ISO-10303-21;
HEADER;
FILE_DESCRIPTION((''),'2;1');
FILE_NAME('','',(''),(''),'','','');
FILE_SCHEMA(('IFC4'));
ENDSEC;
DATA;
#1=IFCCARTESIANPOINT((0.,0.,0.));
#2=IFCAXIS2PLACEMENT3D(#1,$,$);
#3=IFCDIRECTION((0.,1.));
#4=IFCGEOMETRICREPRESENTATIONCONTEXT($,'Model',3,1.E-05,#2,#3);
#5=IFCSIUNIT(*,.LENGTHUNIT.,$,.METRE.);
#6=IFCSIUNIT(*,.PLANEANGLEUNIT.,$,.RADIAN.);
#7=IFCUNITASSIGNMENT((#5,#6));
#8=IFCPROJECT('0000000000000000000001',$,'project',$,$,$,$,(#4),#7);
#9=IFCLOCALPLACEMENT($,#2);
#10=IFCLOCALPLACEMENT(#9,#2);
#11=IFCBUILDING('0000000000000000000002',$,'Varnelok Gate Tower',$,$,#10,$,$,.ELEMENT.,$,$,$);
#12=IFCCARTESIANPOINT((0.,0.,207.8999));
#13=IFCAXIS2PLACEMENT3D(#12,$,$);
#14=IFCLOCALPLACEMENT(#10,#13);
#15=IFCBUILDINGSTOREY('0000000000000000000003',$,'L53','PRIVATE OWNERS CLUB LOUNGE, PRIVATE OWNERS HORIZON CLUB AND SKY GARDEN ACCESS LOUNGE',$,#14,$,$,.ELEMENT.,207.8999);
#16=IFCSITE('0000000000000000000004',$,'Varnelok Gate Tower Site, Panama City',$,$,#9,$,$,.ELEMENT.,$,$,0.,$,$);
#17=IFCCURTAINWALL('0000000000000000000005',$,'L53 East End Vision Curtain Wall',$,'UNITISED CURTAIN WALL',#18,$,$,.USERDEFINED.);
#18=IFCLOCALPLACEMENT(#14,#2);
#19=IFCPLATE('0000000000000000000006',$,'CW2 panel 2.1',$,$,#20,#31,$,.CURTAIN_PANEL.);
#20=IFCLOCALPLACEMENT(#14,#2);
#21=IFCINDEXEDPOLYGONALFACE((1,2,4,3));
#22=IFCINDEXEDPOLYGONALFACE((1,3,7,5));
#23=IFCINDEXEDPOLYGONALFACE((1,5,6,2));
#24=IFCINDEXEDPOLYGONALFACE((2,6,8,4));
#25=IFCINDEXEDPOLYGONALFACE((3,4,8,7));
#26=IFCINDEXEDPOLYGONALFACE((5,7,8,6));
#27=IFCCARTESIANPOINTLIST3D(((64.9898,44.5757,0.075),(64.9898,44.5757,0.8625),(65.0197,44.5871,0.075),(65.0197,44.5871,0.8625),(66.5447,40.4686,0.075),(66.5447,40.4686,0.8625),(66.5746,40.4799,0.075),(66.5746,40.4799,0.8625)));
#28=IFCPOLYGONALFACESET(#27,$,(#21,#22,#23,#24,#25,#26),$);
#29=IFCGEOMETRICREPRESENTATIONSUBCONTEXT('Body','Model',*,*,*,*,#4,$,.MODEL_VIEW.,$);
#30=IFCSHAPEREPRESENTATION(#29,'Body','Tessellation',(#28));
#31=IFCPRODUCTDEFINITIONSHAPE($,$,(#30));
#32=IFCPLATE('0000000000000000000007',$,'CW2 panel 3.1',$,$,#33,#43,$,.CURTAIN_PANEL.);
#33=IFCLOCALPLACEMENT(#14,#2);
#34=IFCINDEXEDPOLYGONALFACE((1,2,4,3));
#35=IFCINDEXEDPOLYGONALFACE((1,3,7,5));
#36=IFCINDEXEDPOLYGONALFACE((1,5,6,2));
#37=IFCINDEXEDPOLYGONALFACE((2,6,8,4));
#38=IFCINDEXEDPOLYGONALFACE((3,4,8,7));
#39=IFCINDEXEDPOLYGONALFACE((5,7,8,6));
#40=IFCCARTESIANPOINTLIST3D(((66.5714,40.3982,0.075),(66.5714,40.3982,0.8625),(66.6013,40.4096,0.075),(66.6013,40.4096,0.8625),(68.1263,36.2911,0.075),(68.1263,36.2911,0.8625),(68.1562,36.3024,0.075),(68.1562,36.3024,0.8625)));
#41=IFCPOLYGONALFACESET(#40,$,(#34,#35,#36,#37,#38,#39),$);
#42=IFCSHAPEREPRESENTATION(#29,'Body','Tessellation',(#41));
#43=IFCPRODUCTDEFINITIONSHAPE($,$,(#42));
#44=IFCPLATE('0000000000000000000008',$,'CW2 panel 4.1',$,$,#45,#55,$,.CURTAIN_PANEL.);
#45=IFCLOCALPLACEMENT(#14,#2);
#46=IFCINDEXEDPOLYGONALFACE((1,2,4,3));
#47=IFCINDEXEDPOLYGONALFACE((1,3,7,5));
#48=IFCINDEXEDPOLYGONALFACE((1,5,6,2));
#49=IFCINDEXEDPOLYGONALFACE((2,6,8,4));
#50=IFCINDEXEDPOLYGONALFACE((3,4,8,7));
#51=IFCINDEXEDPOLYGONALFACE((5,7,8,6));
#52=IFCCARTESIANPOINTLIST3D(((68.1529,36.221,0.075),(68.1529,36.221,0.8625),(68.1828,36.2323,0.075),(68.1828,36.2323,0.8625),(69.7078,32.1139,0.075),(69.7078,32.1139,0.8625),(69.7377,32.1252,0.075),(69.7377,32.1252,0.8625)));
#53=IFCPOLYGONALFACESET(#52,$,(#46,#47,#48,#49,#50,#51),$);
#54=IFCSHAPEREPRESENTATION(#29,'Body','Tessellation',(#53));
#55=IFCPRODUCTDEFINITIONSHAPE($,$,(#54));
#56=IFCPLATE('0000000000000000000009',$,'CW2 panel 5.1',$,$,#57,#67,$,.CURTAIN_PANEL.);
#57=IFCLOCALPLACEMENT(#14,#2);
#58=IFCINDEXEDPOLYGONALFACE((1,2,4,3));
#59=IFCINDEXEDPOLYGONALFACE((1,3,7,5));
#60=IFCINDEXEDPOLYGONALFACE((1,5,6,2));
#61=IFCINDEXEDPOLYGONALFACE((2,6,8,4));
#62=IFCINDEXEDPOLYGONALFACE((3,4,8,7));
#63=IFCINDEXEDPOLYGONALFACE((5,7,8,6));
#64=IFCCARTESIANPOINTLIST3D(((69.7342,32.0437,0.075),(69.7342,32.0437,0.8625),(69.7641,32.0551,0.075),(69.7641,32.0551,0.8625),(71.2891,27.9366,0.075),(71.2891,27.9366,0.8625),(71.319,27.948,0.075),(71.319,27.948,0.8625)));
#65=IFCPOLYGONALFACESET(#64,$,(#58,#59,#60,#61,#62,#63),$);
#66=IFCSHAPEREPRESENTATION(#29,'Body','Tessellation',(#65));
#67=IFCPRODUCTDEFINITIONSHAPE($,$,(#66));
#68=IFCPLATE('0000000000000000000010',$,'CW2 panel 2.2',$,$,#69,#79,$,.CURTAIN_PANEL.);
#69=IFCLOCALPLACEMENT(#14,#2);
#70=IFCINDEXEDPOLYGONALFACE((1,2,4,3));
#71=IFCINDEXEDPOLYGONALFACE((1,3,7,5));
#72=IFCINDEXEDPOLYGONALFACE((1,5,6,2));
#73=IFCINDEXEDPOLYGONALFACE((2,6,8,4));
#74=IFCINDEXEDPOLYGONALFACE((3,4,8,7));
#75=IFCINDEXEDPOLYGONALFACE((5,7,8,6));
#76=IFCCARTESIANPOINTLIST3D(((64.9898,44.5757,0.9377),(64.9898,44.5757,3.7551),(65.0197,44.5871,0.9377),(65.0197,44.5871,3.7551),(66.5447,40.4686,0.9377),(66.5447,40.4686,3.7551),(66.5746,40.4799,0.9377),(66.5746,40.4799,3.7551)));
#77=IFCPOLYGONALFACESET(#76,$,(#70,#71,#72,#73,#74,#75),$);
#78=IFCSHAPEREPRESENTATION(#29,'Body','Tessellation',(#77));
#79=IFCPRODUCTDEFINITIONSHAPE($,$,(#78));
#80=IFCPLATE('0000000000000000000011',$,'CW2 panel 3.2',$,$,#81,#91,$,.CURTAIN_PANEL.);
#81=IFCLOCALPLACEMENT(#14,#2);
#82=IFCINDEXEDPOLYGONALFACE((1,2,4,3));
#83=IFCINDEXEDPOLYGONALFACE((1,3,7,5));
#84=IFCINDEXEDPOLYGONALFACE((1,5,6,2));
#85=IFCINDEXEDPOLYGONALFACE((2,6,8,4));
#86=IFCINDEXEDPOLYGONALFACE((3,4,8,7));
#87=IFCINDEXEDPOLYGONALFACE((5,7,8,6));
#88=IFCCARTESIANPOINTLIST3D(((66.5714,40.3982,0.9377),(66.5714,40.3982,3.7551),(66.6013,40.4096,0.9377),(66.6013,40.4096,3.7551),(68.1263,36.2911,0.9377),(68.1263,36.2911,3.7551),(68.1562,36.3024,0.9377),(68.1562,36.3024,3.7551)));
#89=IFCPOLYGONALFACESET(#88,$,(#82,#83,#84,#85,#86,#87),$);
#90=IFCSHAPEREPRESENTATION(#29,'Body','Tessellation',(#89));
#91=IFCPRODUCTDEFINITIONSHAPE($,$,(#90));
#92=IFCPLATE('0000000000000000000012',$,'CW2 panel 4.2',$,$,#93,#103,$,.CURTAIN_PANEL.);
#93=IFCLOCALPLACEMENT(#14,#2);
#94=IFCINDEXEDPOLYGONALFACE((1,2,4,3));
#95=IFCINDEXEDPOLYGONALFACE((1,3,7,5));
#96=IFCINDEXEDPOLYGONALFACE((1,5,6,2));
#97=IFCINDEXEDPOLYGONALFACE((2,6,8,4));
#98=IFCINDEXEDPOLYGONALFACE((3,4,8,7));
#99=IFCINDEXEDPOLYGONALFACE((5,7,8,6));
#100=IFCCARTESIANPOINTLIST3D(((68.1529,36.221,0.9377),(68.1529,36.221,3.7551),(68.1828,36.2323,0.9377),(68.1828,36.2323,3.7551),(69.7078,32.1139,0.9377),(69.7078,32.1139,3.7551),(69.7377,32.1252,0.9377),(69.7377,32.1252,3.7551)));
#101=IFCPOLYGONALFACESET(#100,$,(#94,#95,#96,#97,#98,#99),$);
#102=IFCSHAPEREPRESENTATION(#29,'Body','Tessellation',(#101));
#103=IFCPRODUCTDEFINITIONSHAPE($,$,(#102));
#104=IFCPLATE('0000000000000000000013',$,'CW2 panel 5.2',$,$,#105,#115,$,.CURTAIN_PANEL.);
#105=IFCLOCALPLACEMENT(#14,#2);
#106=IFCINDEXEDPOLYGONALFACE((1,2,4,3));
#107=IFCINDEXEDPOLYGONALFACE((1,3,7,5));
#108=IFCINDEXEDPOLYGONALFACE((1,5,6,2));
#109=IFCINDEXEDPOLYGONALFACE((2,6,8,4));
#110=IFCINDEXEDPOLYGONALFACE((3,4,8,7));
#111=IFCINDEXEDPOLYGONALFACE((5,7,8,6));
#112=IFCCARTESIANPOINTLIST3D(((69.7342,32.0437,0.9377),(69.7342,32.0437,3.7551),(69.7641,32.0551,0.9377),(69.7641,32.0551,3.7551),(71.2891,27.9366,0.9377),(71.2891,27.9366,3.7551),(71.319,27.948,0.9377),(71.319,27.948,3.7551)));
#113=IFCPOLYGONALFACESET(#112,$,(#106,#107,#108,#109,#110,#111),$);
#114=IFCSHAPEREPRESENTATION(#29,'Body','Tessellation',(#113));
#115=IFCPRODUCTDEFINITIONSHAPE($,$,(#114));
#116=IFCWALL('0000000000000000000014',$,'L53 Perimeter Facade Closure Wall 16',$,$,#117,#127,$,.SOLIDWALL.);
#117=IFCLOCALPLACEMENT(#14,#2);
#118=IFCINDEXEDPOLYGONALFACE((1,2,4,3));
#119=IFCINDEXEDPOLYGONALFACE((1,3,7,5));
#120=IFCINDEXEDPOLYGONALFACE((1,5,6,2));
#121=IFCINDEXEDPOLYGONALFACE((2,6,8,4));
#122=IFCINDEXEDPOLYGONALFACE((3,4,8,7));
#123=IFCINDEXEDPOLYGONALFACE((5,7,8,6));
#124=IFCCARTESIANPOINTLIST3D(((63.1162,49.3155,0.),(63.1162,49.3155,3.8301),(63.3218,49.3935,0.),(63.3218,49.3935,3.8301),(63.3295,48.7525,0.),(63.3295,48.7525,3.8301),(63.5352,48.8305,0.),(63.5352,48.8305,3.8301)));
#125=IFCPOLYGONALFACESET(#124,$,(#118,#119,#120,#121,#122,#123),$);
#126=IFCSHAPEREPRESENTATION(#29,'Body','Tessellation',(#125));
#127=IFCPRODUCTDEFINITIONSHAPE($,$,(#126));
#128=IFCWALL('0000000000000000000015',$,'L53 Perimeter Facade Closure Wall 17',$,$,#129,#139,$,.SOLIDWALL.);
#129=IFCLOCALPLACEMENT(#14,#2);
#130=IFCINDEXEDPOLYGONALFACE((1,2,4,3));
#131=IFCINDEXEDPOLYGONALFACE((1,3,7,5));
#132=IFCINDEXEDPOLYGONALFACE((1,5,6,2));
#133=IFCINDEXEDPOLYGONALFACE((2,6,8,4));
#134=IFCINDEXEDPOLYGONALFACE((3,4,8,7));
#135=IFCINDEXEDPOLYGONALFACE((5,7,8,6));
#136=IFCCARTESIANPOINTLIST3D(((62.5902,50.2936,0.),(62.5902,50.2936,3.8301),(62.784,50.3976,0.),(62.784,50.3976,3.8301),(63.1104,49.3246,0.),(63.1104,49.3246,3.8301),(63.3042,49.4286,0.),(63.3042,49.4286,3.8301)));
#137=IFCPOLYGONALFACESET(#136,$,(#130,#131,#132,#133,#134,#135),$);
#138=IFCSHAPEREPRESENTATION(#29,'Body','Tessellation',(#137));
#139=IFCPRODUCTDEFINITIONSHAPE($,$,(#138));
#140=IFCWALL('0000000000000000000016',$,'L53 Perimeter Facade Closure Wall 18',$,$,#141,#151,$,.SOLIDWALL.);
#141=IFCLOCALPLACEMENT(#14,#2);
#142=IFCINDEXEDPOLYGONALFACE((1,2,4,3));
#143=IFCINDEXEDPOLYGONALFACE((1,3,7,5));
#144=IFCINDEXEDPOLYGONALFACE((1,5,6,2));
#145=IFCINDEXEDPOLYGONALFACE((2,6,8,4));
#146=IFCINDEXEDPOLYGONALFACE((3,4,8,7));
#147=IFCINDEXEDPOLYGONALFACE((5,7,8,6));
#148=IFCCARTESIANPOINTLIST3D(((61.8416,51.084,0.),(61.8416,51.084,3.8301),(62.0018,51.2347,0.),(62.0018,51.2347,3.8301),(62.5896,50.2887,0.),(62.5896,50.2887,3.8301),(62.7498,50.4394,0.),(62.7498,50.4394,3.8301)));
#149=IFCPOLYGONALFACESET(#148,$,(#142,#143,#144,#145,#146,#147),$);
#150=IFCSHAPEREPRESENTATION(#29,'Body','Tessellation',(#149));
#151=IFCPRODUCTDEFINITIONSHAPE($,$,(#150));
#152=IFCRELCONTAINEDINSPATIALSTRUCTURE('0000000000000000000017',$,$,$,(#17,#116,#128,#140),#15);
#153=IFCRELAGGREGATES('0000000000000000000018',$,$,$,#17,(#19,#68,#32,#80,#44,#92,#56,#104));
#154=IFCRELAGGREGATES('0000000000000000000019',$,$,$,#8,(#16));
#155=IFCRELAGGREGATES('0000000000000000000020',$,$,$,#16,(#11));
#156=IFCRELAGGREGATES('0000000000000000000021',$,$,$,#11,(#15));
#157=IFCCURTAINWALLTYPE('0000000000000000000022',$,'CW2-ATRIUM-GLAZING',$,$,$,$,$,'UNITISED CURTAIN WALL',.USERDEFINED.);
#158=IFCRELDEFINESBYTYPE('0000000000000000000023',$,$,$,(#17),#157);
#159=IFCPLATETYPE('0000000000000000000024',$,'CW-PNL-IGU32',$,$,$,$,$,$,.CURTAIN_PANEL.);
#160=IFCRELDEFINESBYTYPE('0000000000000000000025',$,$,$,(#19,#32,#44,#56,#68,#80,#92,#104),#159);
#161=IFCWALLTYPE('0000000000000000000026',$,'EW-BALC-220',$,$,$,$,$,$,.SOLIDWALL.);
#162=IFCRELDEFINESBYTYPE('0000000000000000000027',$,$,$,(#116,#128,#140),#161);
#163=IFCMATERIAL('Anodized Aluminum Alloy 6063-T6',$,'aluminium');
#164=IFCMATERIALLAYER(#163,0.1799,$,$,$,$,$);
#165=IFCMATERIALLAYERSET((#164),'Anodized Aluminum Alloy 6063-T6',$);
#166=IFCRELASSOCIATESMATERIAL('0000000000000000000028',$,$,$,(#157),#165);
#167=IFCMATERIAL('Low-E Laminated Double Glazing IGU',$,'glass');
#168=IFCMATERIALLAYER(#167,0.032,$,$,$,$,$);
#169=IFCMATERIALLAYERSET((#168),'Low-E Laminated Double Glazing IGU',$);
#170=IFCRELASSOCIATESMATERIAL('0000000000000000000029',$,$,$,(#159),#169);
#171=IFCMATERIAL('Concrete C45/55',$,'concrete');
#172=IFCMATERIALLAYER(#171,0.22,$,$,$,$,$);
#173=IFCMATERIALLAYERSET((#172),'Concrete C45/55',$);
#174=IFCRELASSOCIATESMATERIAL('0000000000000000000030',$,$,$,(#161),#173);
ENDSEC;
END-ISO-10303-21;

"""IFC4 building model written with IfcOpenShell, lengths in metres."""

from ifc_helpers import new_model, si_unit, direction, frame, frame_2d, origin, origin_2d, place, context, subcontext, project, spatial, rectangle, extrude, source, transform, mapped, material, layer, layer_set, type_object, element, aggregate, save


model = new_model("IFC4")

# Units and contexts
model_context = context("Model", 3, precision=1e-05, world=origin(), true_north=direction((0.0, 1.0)))
body_context = subcontext(model_context, "Body", "Model", "MODEL_VIEW")
ifc_project = project(units=[si_unit("LENGTHUNIT", "METRE"), si_unit("PLANEANGLEUNIT", "RADIAN")], contexts=[model_context])

# Site, building, storey
site_placement = place(None, origin())
site = spatial("IfcSite", under=ifc_project, at=site_placement, Name="Varnelok Gate Tower Site, Panama City", CompositionType="ELEMENT", RefElevation=0.0)
building_placement = place(site_placement, origin())
building = spatial("IfcBuilding", under=site, at=building_placement, Name="Varnelok Gate Tower", CompositionType="ELEMENT")
storey_placement = place(building_placement, frame((0.0, 0.0, 207.8999)))
storey = spatial("IfcBuildingStorey", under=building, at=storey_placement, Name="L53", Description="PRIVATE OWNERS CLUB LOUNGE, PRIVATE OWNERS HORIZON CLUB AND SKY GARDEN ACCESS LOUNGE", CompositionType="ELEMENT", Elevation=207.8999)

# Curtain wall, plates
ifc_material_1 = material(Name="Anodized Aluminum Alloy 6063-T6", Category="aluminium")
ifc_layer_1 = layer(ifc_material_1, 0.1799)
ifc_layer_set_1 = layer_set([ifc_layer_1], Name="Anodized Aluminum Alloy 6063-T6")
curtain_wall_type = type_object("IfcCurtainWallType", Name="CW2-ATRIUM-GLAZING", ElementType="UNITISED CURTAIN WALL", PredefinedType="USERDEFINED", material=ifc_layer_set_1)
curtain_wall_placement = place(storey_placement, origin())
curtain_wall = element("IfcCurtainWall", 1, at=curtain_wall_placement, inside=storey, type_object=curtain_wall_type, Name="L53 East End Vision Curtain Wall", ObjectType="UNITISED CURTAIN WALL", PredefinedType="USERDEFINED")
ifc_material_2 = material(Name="Low-E Laminated Double Glazing IGU", Category="glass")
ifc_layer_2 = layer(ifc_material_2, 0.032)
ifc_layer_set_2 = layer_set([ifc_layer_2], Name="Low-E Laminated Double Glazing IGU")
plate_type = type_object("IfcPlateType", Name="CW-PNL-IGU32", PredefinedType="CURTAIN_PANEL", material=ifc_layer_set_2)
shared_shape_1 = source(origin(), body_context, "Body", "SweptSolid", [
    extrude(rectangle(XDim=4.3916, YDim=0.032, at=origin_2d()), origin(), (0.0, 0.0, 1.0), 0.7876),
])
plate_1_placement = place(storey_placement, frame((65.7822, 42.5278, 0.075), z_axis=(0.0, 0.0, 1.0), x_axis=(0.354064, -0.935221, 0.0)))
plate_1 = element("IfcPlate", 2, at=plate_1_placement, type_object=plate_type, Name="CW2 panel 2.1", PredefinedType="CURTAIN_PANEL", context=body_context, shape_type="MappedRepresentation", body=[
    mapped(shared_shape_1, transform((0.0, 0.0, 0.0), scale=1.0)),
])
plate_2_placement = place(storey_placement, frame((67.3638, 38.3503, 0.075), z_axis=(0.0, 0.0, 1.0), x_axis=(0.354064, -0.935221, 0.0)))
plate_2 = element("IfcPlate", 3, at=plate_2_placement, type_object=plate_type, Name="CW2 panel 3.1", PredefinedType="CURTAIN_PANEL", context=body_context, shape_type="MappedRepresentation", body=[
    mapped(shared_shape_1, transform((0.0, 0.0, 0.0), scale=1.0)),
])
plate_3_placement = place(storey_placement, frame((68.9453, 34.1731, 0.075), z_axis=(0.0, 0.0, 1.0), x_axis=(0.354064, -0.935221, 0.0)))
plate_3 = element("IfcPlate", 4, at=plate_3_placement, type_object=plate_type, Name="CW2 panel 4.1", PredefinedType="CURTAIN_PANEL", context=body_context, shape_type="MappedRepresentation", body=[
    mapped(shared_shape_1, transform((0.0, 0.0, 0.0), scale=1.0)),
])
plate_4_placement = place(storey_placement, frame((70.5266, 29.9958, 0.075), z_axis=(0.0, 0.0, 1.0), x_axis=(0.354064, -0.935221, 0.0)))
plate_4 = element("IfcPlate", 5, at=plate_4_placement, type_object=plate_type, Name="CW2 panel 5.1", PredefinedType="CURTAIN_PANEL", context=body_context, shape_type="MappedRepresentation", body=[
    mapped(shared_shape_1, transform((0.0, 0.0, 0.0), scale=1.0)),
])
shared_shape_2 = source(origin(), body_context, "Body", "SweptSolid", [
    extrude(rectangle(XDim=4.3916, YDim=0.032, at=origin_2d()), origin(), (0.0, 0.0, 1.0), 2.8174),
])
plate_5_placement = place(storey_placement, frame((65.7822, 42.5278, 0.9377), z_axis=(0.0, 0.0, 1.0), x_axis=(0.354064, -0.935221, 0.0)))
plate_5 = element("IfcPlate", 6, at=plate_5_placement, type_object=plate_type, Name="CW2 panel 2.2", PredefinedType="CURTAIN_PANEL", context=body_context, shape_type="MappedRepresentation", body=[
    mapped(shared_shape_2, transform((0.0, 0.0, 0.0), scale=1.0)),
])
plate_6_placement = place(storey_placement, frame((67.3638, 38.3503, 0.9377), z_axis=(0.0, 0.0, 1.0), x_axis=(0.354064, -0.935221, 0.0)))
plate_6 = element("IfcPlate", 7, at=plate_6_placement, type_object=plate_type, Name="CW2 panel 3.2", PredefinedType="CURTAIN_PANEL", context=body_context, shape_type="MappedRepresentation", body=[
    mapped(shared_shape_2, transform((0.0, 0.0, 0.0), scale=1.0)),
])
plate_7_placement = place(storey_placement, frame((68.9453, 34.1731, 0.9377), z_axis=(0.0, 0.0, 1.0), x_axis=(0.354064, -0.935221, 0.0)))
plate_7 = element("IfcPlate", 8, at=plate_7_placement, type_object=plate_type, Name="CW2 panel 4.2", PredefinedType="CURTAIN_PANEL", context=body_context, shape_type="MappedRepresentation", body=[
    mapped(shared_shape_2, transform((0.0, 0.0, 0.0), scale=1.0)),
])
plate_8_placement = place(storey_placement, frame((70.5266, 29.9958, 0.9377), z_axis=(0.0, 0.0, 1.0), x_axis=(0.354064, -0.935221, 0.0)))
plate_8 = element("IfcPlate", 9, at=plate_8_placement, type_object=plate_type, Name="CW2 panel 5.2", PredefinedType="CURTAIN_PANEL", context=body_context, shape_type="MappedRepresentation", body=[
    mapped(shared_shape_2, transform((0.0, 0.0, 0.0), scale=1.0)),
])
aggregate(curtain_wall, [plate_1, plate_5, plate_2, plate_6, plate_3, plate_7, plate_4, plate_8])

# Walls
ifc_material_3 = material(Name="Concrete C45/55", Category="concrete")
ifc_layer_3 = layer(ifc_material_3, 0.22)
ifc_layer_set_3 = layer_set([ifc_layer_3], Name="Concrete C45/55")
wall_type = type_object("IfcWallType", Name="EW-BALC-220", PredefinedType="SOLIDWALL", material=ifc_layer_set_3)
wall_1_placement = place(storey_placement, frame((63.4324, 48.7915, 0.0), z_axis=(0.0, 0.0, 1.0), x_axis=(-0.35441, 0.93509, 0.0)))
element("IfcWall", 10, at=wall_1_placement, inside=storey, type_object=wall_type, Name="L53 Perimeter Facade Closure Wall 16", PredefinedType="SOLIDWALL", context=body_context, shape_type="SweptSolid", body=[
    extrude(rectangle(XDim=0.6021, YDim=0.22, at=frame_2d((0.301, 0.0))), origin(), (0.0, 0.0, 1.0), 3.8301),
])
wall_2_placement = place(storey_placement, frame((63.2073, 49.3767, 0.0), z_axis=(0.0, 0.0, 1.0), x_axis=(-0.47304, 0.881041, 0.0)))
element("IfcWall", 11, at=wall_2_placement, inside=storey, type_object=wall_type, Name="L53 Perimeter Facade Closure Wall 17", PredefinedType="SOLIDWALL", context=body_context, shape_type="SweptSolid", body=[
    extrude(rectangle(XDim=1.0999, YDim=0.22, at=frame_2d((0.5498, 0.0))), origin(), (0.0, 0.0, 1.0), 3.8301),
])
wall_3_placement = place(storey_placement, frame((62.6697, 50.364, 0.0), z_axis=(0.0, 0.0, 1.0), x_axis=(-0.685086, 0.728463, 0.0)))
element("IfcWall", 12, at=wall_3_placement, inside=storey, type_object=wall_type, Name="L53 Perimeter Facade Closure Wall 18", PredefinedType="SOLIDWALL", context=body_context, shape_type="SweptSolid", body=[
    extrude(rectangle(XDim=1.0918, YDim=0.22, at=frame_2d((0.5459, 0.0))), origin(), (0.0, 0.0, 1.0), 3.8301),
])

save(model, "model.ifc")
